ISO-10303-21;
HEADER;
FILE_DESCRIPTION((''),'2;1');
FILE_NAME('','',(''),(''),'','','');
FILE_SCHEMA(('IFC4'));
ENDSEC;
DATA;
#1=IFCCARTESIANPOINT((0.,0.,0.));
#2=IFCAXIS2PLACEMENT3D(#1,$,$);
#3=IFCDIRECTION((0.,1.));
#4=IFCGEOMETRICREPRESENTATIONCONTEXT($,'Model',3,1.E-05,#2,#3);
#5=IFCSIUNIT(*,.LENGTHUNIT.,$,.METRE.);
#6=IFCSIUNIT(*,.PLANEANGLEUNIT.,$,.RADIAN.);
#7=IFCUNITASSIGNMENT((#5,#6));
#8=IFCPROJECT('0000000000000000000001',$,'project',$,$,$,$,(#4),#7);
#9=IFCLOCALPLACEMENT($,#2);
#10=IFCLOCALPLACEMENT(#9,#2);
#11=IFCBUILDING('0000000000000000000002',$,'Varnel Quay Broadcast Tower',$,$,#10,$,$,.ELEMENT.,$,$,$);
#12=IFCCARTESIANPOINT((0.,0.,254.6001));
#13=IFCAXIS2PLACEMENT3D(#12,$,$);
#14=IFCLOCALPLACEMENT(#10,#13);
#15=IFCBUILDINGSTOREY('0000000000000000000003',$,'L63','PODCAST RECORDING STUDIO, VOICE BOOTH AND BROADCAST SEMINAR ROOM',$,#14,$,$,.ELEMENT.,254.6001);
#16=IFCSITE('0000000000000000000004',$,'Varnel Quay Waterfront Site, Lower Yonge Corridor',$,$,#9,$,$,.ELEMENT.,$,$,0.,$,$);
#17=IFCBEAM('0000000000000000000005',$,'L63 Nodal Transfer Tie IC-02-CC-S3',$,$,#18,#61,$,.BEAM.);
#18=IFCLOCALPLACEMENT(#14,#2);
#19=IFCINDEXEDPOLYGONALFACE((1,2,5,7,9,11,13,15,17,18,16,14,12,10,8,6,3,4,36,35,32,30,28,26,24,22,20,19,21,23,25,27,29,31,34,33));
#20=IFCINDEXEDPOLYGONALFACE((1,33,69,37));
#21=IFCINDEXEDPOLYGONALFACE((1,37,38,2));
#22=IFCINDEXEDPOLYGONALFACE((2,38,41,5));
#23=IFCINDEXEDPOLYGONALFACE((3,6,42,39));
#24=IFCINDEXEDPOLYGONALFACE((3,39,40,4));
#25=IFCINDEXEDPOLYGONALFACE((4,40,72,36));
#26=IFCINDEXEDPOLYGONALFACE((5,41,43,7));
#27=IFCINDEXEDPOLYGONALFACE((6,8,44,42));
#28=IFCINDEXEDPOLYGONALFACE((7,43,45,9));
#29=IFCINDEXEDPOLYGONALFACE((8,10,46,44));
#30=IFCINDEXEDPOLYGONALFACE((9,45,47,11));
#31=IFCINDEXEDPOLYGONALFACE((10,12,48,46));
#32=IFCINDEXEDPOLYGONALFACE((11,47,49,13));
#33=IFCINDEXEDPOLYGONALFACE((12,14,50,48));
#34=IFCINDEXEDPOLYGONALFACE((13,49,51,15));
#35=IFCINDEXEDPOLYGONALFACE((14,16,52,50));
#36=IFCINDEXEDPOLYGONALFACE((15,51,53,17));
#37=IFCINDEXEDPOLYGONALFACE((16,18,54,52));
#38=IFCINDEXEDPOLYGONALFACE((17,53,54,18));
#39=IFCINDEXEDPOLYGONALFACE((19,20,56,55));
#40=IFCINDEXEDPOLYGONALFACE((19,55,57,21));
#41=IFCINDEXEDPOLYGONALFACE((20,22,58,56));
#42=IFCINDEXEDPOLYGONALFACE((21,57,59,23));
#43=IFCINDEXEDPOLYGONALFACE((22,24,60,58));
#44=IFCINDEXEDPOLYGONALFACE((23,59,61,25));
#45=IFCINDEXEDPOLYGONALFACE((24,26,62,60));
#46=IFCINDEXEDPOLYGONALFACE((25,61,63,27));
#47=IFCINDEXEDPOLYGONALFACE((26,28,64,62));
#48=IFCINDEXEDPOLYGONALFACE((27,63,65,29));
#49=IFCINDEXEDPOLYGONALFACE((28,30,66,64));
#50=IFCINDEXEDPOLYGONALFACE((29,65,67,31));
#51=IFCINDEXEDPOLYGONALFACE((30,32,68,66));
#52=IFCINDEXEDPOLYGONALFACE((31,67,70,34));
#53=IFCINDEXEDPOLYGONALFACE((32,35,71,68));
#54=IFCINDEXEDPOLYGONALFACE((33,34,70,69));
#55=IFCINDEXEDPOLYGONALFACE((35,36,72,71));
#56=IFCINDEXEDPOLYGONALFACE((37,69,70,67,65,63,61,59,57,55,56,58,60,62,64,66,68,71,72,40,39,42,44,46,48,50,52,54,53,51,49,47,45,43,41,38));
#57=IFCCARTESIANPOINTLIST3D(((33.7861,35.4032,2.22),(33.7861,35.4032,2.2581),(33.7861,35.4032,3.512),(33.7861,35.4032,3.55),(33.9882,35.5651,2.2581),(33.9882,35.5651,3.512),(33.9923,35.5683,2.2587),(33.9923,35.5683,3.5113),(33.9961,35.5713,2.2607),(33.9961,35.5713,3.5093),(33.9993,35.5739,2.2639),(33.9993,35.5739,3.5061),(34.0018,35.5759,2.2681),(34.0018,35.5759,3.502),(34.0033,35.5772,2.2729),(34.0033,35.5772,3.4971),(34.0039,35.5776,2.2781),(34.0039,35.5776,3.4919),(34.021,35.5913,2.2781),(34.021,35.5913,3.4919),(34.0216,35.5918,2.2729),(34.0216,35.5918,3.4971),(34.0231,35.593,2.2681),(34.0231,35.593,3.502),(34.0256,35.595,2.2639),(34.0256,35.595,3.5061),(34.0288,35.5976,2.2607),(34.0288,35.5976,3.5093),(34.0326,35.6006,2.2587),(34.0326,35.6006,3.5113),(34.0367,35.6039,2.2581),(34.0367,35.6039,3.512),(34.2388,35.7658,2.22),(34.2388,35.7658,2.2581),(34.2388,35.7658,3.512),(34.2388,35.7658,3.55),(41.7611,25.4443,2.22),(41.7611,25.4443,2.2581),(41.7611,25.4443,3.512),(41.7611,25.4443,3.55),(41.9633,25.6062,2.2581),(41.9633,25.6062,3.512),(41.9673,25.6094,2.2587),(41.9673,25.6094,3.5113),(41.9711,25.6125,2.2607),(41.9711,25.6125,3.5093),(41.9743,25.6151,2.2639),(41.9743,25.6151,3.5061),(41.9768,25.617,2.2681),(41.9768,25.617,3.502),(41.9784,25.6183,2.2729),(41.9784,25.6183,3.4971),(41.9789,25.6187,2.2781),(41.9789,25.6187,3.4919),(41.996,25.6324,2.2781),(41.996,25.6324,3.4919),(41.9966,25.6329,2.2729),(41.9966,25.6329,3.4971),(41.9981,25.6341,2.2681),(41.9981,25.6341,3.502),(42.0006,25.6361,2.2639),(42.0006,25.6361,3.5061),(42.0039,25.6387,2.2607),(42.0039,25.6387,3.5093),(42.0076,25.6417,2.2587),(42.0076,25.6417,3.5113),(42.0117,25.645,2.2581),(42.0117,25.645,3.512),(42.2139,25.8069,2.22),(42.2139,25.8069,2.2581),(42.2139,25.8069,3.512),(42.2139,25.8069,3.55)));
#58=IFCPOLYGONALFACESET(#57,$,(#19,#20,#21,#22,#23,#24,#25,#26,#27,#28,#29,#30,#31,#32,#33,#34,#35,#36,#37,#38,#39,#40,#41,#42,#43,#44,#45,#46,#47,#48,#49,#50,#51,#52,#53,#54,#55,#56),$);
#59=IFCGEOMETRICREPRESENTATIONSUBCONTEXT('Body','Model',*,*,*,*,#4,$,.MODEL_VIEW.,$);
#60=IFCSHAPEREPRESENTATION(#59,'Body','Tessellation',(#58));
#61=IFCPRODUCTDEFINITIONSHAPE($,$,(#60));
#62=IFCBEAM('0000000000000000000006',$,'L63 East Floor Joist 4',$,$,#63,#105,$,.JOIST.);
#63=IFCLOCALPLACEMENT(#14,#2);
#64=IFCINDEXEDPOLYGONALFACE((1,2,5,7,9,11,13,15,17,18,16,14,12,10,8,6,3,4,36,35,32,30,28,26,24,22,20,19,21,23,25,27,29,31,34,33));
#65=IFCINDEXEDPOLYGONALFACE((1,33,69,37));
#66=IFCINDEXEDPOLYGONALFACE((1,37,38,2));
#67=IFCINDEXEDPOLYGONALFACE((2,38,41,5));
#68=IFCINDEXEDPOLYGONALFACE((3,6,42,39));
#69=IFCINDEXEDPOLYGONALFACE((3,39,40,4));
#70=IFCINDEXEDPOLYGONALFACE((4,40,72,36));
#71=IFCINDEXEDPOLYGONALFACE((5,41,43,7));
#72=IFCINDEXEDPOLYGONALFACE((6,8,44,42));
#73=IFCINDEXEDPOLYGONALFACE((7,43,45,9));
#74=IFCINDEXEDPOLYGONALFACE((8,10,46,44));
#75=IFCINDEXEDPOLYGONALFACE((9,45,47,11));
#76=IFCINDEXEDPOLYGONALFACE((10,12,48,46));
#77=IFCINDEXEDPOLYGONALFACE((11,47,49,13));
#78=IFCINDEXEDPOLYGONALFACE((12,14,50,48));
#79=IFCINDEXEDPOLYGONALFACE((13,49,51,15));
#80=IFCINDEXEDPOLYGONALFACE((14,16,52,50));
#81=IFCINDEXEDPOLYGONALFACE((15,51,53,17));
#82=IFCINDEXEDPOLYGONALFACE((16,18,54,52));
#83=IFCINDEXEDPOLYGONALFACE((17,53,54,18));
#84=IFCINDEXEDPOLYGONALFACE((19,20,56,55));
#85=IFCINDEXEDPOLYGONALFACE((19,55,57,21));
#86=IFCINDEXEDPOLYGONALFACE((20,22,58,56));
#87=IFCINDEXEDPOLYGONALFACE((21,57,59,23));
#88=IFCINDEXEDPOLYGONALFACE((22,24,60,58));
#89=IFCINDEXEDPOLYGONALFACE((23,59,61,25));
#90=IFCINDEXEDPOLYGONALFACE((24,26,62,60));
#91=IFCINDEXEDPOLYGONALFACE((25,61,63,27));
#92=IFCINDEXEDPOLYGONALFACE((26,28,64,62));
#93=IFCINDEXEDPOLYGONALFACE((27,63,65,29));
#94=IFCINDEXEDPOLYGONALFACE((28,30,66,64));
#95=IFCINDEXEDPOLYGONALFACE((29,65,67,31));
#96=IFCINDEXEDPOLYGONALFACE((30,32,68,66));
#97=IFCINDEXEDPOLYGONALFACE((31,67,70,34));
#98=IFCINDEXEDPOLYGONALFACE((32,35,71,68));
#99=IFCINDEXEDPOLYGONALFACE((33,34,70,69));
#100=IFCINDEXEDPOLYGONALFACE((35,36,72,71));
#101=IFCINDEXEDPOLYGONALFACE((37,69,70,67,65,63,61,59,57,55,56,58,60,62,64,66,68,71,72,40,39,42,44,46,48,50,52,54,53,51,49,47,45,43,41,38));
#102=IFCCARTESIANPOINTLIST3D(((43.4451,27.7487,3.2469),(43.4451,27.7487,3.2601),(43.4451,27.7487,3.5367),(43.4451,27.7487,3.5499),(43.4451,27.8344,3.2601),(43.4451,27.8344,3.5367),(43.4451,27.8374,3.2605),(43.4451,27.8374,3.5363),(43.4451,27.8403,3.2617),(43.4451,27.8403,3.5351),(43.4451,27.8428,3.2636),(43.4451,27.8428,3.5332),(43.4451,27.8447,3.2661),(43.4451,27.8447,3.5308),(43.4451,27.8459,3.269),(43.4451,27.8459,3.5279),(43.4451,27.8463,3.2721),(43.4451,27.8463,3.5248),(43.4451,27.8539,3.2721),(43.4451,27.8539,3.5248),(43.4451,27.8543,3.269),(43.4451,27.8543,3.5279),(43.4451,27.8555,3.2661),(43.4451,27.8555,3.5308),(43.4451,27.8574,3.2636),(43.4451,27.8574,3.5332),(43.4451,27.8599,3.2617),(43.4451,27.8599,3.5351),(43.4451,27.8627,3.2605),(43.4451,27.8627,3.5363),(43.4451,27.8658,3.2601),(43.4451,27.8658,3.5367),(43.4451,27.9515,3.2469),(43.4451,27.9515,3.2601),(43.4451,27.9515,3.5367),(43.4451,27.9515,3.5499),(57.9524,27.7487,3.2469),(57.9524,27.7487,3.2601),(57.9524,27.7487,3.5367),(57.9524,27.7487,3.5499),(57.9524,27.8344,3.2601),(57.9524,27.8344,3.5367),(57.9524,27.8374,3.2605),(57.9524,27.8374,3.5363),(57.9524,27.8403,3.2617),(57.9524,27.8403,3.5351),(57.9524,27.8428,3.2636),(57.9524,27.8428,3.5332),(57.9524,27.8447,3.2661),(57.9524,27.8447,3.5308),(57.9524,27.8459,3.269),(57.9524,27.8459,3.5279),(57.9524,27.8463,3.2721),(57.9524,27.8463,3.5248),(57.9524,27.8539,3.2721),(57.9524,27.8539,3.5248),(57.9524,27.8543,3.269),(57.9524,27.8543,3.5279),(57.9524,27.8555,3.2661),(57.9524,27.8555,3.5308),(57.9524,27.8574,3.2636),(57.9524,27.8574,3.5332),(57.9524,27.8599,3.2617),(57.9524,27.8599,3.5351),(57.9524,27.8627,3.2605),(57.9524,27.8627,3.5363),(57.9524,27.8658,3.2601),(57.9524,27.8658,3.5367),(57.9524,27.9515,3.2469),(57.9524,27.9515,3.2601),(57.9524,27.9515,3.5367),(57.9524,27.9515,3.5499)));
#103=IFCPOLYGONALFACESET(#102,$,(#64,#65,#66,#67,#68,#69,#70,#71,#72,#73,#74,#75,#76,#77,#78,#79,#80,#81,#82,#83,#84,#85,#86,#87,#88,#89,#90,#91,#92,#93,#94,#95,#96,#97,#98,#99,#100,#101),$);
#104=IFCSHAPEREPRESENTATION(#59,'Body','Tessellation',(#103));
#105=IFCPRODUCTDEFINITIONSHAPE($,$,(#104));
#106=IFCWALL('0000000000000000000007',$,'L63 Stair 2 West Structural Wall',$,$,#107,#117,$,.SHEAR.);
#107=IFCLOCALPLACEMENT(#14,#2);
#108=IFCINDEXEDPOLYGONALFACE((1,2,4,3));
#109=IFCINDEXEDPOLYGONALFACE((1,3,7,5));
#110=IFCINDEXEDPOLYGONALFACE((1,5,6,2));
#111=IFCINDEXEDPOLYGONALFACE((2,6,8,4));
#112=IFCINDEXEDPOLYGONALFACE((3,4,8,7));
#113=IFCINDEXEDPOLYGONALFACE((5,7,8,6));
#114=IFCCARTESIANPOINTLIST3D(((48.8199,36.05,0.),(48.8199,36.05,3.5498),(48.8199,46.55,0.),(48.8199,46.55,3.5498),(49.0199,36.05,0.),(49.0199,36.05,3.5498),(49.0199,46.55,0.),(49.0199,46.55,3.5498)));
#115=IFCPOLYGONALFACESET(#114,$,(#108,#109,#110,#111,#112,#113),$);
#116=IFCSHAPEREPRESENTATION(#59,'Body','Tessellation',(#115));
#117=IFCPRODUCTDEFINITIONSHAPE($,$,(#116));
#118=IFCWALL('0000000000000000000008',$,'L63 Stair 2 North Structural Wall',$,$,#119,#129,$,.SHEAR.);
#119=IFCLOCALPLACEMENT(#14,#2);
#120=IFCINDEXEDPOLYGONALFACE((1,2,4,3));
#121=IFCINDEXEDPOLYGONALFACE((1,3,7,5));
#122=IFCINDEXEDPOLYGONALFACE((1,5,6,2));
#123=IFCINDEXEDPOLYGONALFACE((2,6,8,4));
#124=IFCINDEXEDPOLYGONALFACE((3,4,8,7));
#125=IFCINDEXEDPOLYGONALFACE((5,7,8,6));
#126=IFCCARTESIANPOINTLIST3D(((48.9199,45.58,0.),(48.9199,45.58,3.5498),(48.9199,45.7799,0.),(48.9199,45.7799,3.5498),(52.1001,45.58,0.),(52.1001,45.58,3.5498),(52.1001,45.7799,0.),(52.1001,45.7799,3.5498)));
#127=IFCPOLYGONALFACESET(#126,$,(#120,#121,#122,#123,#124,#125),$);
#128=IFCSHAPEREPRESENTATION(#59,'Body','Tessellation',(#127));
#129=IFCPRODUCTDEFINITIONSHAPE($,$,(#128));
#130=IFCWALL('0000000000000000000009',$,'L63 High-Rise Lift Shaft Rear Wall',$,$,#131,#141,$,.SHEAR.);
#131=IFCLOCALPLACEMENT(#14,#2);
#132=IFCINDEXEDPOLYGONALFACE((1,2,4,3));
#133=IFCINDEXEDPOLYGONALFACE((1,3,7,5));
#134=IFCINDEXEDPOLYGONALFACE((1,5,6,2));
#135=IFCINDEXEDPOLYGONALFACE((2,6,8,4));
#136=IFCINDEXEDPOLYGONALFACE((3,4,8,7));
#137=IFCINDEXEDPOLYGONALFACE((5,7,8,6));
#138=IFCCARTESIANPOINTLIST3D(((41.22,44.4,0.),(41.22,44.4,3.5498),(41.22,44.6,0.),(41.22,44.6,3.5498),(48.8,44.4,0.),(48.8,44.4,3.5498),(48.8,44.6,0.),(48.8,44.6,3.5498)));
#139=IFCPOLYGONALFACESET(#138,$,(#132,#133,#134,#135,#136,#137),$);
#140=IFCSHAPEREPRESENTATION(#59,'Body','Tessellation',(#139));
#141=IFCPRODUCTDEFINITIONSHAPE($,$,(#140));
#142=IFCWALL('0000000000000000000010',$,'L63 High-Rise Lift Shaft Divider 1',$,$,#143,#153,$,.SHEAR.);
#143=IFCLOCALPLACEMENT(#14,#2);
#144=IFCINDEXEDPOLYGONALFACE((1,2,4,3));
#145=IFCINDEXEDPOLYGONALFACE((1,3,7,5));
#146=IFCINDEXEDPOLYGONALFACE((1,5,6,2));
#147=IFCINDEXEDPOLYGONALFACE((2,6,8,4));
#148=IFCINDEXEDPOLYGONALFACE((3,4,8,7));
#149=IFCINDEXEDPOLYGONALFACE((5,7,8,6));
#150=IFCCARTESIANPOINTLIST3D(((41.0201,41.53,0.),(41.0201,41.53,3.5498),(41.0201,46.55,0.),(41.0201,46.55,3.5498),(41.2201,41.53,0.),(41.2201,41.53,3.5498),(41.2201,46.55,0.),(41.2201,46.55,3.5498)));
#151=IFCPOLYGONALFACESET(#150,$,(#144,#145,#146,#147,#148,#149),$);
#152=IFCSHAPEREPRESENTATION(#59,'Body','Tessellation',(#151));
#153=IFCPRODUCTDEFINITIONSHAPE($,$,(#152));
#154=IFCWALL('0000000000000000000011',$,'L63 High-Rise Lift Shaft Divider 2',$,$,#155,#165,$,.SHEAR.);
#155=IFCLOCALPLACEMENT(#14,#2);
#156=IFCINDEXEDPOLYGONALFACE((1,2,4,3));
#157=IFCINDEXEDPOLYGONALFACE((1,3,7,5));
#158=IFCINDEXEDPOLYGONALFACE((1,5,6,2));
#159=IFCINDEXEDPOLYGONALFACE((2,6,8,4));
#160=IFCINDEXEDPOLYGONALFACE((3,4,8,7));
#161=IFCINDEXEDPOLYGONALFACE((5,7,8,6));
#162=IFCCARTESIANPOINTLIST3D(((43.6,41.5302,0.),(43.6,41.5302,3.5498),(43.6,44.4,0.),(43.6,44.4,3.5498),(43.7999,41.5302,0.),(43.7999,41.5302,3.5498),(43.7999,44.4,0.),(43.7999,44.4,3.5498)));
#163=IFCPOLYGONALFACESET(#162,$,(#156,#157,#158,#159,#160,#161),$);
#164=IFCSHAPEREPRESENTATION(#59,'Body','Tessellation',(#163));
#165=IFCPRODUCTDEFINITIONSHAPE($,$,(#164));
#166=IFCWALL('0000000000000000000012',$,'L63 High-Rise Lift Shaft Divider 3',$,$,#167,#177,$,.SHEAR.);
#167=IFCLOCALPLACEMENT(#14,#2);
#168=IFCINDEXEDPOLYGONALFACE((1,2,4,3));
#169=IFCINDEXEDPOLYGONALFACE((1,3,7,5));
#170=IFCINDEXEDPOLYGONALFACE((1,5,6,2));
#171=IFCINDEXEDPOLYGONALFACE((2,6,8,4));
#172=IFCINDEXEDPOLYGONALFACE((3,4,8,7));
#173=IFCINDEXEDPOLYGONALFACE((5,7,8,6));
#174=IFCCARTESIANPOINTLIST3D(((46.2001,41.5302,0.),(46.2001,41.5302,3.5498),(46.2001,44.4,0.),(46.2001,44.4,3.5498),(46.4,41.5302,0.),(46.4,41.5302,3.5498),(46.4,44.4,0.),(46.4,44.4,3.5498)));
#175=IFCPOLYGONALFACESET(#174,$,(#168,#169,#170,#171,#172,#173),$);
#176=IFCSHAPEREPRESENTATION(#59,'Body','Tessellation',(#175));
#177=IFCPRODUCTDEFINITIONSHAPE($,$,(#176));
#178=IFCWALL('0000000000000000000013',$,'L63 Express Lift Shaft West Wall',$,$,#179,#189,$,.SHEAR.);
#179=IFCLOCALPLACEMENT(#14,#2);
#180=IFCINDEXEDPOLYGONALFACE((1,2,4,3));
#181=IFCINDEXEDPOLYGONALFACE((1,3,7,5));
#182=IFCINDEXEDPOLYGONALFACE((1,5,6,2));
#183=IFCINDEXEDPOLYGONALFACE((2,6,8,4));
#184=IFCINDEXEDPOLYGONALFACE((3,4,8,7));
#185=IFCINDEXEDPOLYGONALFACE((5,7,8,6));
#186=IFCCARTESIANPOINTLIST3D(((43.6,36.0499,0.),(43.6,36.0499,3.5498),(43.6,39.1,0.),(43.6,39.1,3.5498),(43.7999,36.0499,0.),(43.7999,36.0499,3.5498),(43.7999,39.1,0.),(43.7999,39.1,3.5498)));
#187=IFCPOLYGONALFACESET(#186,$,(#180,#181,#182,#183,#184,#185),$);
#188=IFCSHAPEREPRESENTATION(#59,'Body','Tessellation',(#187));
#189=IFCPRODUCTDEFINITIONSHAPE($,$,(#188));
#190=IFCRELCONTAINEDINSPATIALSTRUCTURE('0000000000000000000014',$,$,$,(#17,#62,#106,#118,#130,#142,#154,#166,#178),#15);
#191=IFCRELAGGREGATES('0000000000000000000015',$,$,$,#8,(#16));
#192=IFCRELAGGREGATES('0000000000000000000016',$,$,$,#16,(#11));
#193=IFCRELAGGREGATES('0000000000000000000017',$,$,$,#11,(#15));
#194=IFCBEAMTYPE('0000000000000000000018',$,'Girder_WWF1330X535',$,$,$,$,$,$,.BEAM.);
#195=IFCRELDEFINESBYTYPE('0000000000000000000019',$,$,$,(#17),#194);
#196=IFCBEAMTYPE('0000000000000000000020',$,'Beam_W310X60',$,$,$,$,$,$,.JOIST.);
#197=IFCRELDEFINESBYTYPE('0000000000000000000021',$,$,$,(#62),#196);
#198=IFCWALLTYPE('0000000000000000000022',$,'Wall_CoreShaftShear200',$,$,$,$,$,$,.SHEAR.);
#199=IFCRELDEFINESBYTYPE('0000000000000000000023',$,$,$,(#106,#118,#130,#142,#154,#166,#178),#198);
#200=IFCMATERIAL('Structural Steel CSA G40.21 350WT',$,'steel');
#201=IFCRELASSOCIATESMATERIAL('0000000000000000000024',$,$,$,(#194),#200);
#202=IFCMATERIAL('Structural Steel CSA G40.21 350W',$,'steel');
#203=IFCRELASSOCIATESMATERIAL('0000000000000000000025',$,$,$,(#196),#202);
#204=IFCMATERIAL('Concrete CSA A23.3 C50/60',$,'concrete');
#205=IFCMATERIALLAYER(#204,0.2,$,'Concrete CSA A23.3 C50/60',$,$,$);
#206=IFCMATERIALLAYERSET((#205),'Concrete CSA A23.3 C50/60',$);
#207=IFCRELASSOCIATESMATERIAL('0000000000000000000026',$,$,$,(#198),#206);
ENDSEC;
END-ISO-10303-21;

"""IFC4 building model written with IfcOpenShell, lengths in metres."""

from ifc_helpers import new_model, si_unit, direction, frame, frame_2d, origin, origin_2d, place, context, subcontext, project, spatial, rectangle, i_section, extrude, source, transform, mapped, material, layer, layer_set, material_profile, profile_set, type_object, type_shapes, element, save


model = new_model("IFC4")

# Units and contexts
model_context = context("Model", 3, precision=1e-05, world=origin(), true_north=direction((0.0, 1.0)))
body_context = subcontext(model_context, "Body", "Model", "MODEL_VIEW")
ifc_project = project(units=[si_unit("LENGTHUNIT", "METRE"), si_unit("PLANEANGLEUNIT", "RADIAN")], contexts=[model_context])

# Site, building, storey
site_placement = place(None, origin())
site = spatial("IfcSite", under=ifc_project, at=site_placement, Name="Varnel Quay Waterfront Site, Lower Yonge Corridor", CompositionType="ELEMENT", RefElevation=0.0)
building_placement = place(site_placement, origin())
building = spatial("IfcBuilding", under=site, at=building_placement, Name="Varnel Quay Broadcast Tower", CompositionType="ELEMENT")
storey_placement = place(building_placement, frame((0.0, 0.0, 254.6001)))
storey = spatial("IfcBuildingStorey", under=building, at=storey_placement, Name="L63", Description="PODCAST RECORDING STUDIO, VOICE BOOTH AND BROADCAST SEMINAR ROOM", CompositionType="ELEMENT", Elevation=254.6001)

# Shared definitions
ifc_material_1 = material(Name="Structural Steel CSA G40.21 350WT", Category="steel")

# Beams
ifc_material_profile_1 = material_profile(ifc_material_1, i_section(OverallWidth=0.5801, OverallDepth=1.3301, WebThickness=0.022, FlangeThickness=0.0381, FilletRadius=0.02, at=origin_2d()), Name="WWF1330X535")
ifc_profile_set_1 = profile_set([ifc_material_profile_1], Name="Structural Steel CSA G40.21 350WT")
beam_type_1 = type_object("IfcBeamType", Name="Girder_WWF1330X535", PredefinedType="BEAM", material=ifc_profile_set_1)
ifc_material_2 = material(Name="Concrete CSA A23.3 C50/60", Category="concrete")
shared_shape_1 = source(origin(), body_context, "Body", "SweptSolid", [
    extrude(i_section(OverallWidth=0.5801, OverallDepth=1.3301, WebThickness=0.022, FlangeThickness=0.0381, FilletRadius=0.02, at=origin_2d()), origin(), (0.0, 0.0, 1.0), 12.7585),
])
for number, where, z_axis, x_axis, name in (
    (1, (34.0125, 35.5845, 2.885), (0.625073, -0.780566, 0.0), (0.780566, 0.625073, 0.0), "L63 Nodal Transfer Tie IC-02-CC-S3"),
):
    element("IfcBeam", number, at=place(storey_placement, frame(where, z_axis=z_axis, x_axis=x_axis)), inside=storey, type_object=beam_type_1, Name=name, PredefinedType="BEAM", context=body_context, shape_type="MappedRepresentation", body=[
        mapped(shared_shape_1, transform((0.0, 0.0, 0.0), x_axis=(1.0, 0.0, 0.0), y_axis=(0.0, 1.0, 0.0), z_axis=(0.0, 0.0, 1.0), scale=1.0)),
    ])
ifc_material_3 = material(Name="Structural Steel CSA G40.21 350W", Category="steel")
ifc_material_profile_2 = material_profile(ifc_material_3, i_section(OverallWidth=0.2029, OverallDepth=0.303, WebThickness=0.0076, FlangeThickness=0.0132, FilletRadius=0.012, at=origin_2d()), Name="W310X60")
ifc_profile_set_2 = profile_set([ifc_material_profile_2], Name="Structural Steel CSA G40.21 350W")
beam_type_2 = type_object("IfcBeamType", Name="Beam_W310X60", PredefinedType="JOIST", material=ifc_profile_set_2)
shared_shape_2 = source(origin(), body_context, "Body", "SweptSolid", [
    extrude(i_section(OverallWidth=0.2029, OverallDepth=0.303, WebThickness=0.0076, FlangeThickness=0.0132, FilletRadius=0.012, at=origin_2d()), origin(), (0.0, 0.0, 1.0), 14.5073),
])
type_shapes(beam_type_2, [shared_shape_2])
beam_1_placement = place(storey_placement, frame((43.4451, 27.8501, 3.3984), z_axis=(1.0, 0.0, 0.0), x_axis=(0.0, 1.0, 0.0)))
element("IfcBeam", 2, at=beam_1_placement, inside=storey, type_object=beam_type_2, Name="L63 East Floor Joist 4", PredefinedType="JOIST", context=body_context, shape_type="MappedRepresentation", body=[
    mapped(shared_shape_2, transform((0.0, 0.0, 0.0), x_axis=(1.0, 0.0, 0.0), y_axis=(0.0, 1.0, 0.0), z_axis=(0.0, 0.0, 1.0), scale=1.0)),
])

# Walls
ifc_layer_1 = layer(ifc_material_2, 0.2, Name="Concrete CSA A23.3 C50/60")
ifc_layer_set_1 = layer_set([ifc_layer_1], Name="Concrete CSA A23.3 C50/60")
wall_type_1 = type_object("IfcWallType", Name="Wall_CoreShaftShear200", PredefinedType="SHEAR", material=ifc_layer_set_1)
wall_1_placement = place(storey_placement, frame((48.9199, 36.05, 0.0), z_axis=(0.0, 0.0, 1.0), x_axis=(0.0, 1.0, 0.0)))
element("IfcWall", 3, at=wall_1_placement, inside=storey, type_object=wall_type_1, Name="L63 Stair 2 West Structural Wall", PredefinedType="SHEAR", context=body_context, shape_type="SweptSolid", body=[
    extrude(rectangle(XDim=10.5, YDim=0.2, at=frame_2d((5.25, 0.0))), origin(), (0.0, 0.0, 1.0), 3.5498),
])
wall_2_placement = place(storey_placement, frame((48.9199, 45.6799, 0.0), z_axis=(0.0, 0.0, 1.0), x_axis=(1.0, 0.0, 0.0)))
element("IfcWall", 4, at=wall_2_placement, inside=storey, type_object=wall_type_1, Name="L63 Stair 2 North Structural Wall", PredefinedType="SHEAR", context=body_context, shape_type="SweptSolid", body=[
    extrude(rectangle(XDim=3.1802, YDim=0.2, at=frame_2d((1.5901, 0.0))), origin(), (0.0, 0.0, 1.0), 3.5498),
])
wall_3_placement = place(storey_placement, frame((41.22, 44.5, 0.0), z_axis=(0.0, 0.0, 1.0), x_axis=(1.0, 0.0, 0.0)))
element("IfcWall", 5, at=wall_3_placement, inside=storey, type_object=wall_type_1, Name="L63 High-Rise Lift Shaft Rear Wall", PredefinedType="SHEAR", context=body_context, shape_type="SweptSolid", body=[
    extrude(rectangle(XDim=7.5801, YDim=0.2, at=frame_2d((3.79, 0.0))), origin(), (0.0, 0.0, 1.0), 3.5498),
])
wall_4_placement = place(storey_placement, frame((41.1201, 41.53, 0.0), z_axis=(0.0, 0.0, 1.0), x_axis=(0.0, 1.0, 0.0)))
element("IfcWall", 6, at=wall_4_placement, inside=storey, type_object=wall_type_1, Name="L63 High-Rise Lift Shaft Divider 1", PredefinedType="SHEAR", context=body_context, shape_type="SweptSolid", body=[
    extrude(rectangle(XDim=5.02, YDim=0.2, at=frame_2d((2.51, 0.0))), origin(), (0.0, 0.0, 1.0), 3.5498),
])
for number, where, z_axis, x_axis, name in (
    (7, (43.7, 41.53, 0.0), (0.0, 0.0, 1.0), (0.0, 1.0, 0.0), "L63 High-Rise Lift Shaft Divider 2"),
    (8, (46.3, 41.53, 0.0), (0.0, 0.0, 1.0), (0.0, 1.0, 0.0), "L63 High-Rise Lift Shaft Divider 3"),
):
    element("IfcWall", number, at=place(storey_placement, frame(where, z_axis=z_axis, x_axis=x_axis)), inside=storey, type_object=wall_type_1, Name=name, PredefinedType="SHEAR", context=body_context, shape_type="SweptSolid", body=[
        extrude(rectangle(XDim=2.8699, YDim=0.2, at=frame_2d((1.4351, 0.0))), origin(), (0.0, 0.0, 1.0), 3.5498),
    ])
for number, where, z_axis, x_axis, name in (
    (9, (43.7, 36.05, 0.0), (0.0, 0.0, 1.0), (0.0, 1.0, 0.0), "L63 Express Lift Shaft West Wall"),
):
    element("IfcWall", number, at=place(storey_placement, frame(where, z_axis=z_axis, x_axis=x_axis)), inside=storey, type_object=wall_type_1, Name=name, PredefinedType="SHEAR", context=body_context, shape_type="SweptSolid", body=[
        extrude(rectangle(XDim=3.05, YDim=0.2, at=frame_2d((1.5249, 0.0))), origin(), (0.0, 0.0, 1.0), 3.5498),
    ])

save(model, "model.ifc")
